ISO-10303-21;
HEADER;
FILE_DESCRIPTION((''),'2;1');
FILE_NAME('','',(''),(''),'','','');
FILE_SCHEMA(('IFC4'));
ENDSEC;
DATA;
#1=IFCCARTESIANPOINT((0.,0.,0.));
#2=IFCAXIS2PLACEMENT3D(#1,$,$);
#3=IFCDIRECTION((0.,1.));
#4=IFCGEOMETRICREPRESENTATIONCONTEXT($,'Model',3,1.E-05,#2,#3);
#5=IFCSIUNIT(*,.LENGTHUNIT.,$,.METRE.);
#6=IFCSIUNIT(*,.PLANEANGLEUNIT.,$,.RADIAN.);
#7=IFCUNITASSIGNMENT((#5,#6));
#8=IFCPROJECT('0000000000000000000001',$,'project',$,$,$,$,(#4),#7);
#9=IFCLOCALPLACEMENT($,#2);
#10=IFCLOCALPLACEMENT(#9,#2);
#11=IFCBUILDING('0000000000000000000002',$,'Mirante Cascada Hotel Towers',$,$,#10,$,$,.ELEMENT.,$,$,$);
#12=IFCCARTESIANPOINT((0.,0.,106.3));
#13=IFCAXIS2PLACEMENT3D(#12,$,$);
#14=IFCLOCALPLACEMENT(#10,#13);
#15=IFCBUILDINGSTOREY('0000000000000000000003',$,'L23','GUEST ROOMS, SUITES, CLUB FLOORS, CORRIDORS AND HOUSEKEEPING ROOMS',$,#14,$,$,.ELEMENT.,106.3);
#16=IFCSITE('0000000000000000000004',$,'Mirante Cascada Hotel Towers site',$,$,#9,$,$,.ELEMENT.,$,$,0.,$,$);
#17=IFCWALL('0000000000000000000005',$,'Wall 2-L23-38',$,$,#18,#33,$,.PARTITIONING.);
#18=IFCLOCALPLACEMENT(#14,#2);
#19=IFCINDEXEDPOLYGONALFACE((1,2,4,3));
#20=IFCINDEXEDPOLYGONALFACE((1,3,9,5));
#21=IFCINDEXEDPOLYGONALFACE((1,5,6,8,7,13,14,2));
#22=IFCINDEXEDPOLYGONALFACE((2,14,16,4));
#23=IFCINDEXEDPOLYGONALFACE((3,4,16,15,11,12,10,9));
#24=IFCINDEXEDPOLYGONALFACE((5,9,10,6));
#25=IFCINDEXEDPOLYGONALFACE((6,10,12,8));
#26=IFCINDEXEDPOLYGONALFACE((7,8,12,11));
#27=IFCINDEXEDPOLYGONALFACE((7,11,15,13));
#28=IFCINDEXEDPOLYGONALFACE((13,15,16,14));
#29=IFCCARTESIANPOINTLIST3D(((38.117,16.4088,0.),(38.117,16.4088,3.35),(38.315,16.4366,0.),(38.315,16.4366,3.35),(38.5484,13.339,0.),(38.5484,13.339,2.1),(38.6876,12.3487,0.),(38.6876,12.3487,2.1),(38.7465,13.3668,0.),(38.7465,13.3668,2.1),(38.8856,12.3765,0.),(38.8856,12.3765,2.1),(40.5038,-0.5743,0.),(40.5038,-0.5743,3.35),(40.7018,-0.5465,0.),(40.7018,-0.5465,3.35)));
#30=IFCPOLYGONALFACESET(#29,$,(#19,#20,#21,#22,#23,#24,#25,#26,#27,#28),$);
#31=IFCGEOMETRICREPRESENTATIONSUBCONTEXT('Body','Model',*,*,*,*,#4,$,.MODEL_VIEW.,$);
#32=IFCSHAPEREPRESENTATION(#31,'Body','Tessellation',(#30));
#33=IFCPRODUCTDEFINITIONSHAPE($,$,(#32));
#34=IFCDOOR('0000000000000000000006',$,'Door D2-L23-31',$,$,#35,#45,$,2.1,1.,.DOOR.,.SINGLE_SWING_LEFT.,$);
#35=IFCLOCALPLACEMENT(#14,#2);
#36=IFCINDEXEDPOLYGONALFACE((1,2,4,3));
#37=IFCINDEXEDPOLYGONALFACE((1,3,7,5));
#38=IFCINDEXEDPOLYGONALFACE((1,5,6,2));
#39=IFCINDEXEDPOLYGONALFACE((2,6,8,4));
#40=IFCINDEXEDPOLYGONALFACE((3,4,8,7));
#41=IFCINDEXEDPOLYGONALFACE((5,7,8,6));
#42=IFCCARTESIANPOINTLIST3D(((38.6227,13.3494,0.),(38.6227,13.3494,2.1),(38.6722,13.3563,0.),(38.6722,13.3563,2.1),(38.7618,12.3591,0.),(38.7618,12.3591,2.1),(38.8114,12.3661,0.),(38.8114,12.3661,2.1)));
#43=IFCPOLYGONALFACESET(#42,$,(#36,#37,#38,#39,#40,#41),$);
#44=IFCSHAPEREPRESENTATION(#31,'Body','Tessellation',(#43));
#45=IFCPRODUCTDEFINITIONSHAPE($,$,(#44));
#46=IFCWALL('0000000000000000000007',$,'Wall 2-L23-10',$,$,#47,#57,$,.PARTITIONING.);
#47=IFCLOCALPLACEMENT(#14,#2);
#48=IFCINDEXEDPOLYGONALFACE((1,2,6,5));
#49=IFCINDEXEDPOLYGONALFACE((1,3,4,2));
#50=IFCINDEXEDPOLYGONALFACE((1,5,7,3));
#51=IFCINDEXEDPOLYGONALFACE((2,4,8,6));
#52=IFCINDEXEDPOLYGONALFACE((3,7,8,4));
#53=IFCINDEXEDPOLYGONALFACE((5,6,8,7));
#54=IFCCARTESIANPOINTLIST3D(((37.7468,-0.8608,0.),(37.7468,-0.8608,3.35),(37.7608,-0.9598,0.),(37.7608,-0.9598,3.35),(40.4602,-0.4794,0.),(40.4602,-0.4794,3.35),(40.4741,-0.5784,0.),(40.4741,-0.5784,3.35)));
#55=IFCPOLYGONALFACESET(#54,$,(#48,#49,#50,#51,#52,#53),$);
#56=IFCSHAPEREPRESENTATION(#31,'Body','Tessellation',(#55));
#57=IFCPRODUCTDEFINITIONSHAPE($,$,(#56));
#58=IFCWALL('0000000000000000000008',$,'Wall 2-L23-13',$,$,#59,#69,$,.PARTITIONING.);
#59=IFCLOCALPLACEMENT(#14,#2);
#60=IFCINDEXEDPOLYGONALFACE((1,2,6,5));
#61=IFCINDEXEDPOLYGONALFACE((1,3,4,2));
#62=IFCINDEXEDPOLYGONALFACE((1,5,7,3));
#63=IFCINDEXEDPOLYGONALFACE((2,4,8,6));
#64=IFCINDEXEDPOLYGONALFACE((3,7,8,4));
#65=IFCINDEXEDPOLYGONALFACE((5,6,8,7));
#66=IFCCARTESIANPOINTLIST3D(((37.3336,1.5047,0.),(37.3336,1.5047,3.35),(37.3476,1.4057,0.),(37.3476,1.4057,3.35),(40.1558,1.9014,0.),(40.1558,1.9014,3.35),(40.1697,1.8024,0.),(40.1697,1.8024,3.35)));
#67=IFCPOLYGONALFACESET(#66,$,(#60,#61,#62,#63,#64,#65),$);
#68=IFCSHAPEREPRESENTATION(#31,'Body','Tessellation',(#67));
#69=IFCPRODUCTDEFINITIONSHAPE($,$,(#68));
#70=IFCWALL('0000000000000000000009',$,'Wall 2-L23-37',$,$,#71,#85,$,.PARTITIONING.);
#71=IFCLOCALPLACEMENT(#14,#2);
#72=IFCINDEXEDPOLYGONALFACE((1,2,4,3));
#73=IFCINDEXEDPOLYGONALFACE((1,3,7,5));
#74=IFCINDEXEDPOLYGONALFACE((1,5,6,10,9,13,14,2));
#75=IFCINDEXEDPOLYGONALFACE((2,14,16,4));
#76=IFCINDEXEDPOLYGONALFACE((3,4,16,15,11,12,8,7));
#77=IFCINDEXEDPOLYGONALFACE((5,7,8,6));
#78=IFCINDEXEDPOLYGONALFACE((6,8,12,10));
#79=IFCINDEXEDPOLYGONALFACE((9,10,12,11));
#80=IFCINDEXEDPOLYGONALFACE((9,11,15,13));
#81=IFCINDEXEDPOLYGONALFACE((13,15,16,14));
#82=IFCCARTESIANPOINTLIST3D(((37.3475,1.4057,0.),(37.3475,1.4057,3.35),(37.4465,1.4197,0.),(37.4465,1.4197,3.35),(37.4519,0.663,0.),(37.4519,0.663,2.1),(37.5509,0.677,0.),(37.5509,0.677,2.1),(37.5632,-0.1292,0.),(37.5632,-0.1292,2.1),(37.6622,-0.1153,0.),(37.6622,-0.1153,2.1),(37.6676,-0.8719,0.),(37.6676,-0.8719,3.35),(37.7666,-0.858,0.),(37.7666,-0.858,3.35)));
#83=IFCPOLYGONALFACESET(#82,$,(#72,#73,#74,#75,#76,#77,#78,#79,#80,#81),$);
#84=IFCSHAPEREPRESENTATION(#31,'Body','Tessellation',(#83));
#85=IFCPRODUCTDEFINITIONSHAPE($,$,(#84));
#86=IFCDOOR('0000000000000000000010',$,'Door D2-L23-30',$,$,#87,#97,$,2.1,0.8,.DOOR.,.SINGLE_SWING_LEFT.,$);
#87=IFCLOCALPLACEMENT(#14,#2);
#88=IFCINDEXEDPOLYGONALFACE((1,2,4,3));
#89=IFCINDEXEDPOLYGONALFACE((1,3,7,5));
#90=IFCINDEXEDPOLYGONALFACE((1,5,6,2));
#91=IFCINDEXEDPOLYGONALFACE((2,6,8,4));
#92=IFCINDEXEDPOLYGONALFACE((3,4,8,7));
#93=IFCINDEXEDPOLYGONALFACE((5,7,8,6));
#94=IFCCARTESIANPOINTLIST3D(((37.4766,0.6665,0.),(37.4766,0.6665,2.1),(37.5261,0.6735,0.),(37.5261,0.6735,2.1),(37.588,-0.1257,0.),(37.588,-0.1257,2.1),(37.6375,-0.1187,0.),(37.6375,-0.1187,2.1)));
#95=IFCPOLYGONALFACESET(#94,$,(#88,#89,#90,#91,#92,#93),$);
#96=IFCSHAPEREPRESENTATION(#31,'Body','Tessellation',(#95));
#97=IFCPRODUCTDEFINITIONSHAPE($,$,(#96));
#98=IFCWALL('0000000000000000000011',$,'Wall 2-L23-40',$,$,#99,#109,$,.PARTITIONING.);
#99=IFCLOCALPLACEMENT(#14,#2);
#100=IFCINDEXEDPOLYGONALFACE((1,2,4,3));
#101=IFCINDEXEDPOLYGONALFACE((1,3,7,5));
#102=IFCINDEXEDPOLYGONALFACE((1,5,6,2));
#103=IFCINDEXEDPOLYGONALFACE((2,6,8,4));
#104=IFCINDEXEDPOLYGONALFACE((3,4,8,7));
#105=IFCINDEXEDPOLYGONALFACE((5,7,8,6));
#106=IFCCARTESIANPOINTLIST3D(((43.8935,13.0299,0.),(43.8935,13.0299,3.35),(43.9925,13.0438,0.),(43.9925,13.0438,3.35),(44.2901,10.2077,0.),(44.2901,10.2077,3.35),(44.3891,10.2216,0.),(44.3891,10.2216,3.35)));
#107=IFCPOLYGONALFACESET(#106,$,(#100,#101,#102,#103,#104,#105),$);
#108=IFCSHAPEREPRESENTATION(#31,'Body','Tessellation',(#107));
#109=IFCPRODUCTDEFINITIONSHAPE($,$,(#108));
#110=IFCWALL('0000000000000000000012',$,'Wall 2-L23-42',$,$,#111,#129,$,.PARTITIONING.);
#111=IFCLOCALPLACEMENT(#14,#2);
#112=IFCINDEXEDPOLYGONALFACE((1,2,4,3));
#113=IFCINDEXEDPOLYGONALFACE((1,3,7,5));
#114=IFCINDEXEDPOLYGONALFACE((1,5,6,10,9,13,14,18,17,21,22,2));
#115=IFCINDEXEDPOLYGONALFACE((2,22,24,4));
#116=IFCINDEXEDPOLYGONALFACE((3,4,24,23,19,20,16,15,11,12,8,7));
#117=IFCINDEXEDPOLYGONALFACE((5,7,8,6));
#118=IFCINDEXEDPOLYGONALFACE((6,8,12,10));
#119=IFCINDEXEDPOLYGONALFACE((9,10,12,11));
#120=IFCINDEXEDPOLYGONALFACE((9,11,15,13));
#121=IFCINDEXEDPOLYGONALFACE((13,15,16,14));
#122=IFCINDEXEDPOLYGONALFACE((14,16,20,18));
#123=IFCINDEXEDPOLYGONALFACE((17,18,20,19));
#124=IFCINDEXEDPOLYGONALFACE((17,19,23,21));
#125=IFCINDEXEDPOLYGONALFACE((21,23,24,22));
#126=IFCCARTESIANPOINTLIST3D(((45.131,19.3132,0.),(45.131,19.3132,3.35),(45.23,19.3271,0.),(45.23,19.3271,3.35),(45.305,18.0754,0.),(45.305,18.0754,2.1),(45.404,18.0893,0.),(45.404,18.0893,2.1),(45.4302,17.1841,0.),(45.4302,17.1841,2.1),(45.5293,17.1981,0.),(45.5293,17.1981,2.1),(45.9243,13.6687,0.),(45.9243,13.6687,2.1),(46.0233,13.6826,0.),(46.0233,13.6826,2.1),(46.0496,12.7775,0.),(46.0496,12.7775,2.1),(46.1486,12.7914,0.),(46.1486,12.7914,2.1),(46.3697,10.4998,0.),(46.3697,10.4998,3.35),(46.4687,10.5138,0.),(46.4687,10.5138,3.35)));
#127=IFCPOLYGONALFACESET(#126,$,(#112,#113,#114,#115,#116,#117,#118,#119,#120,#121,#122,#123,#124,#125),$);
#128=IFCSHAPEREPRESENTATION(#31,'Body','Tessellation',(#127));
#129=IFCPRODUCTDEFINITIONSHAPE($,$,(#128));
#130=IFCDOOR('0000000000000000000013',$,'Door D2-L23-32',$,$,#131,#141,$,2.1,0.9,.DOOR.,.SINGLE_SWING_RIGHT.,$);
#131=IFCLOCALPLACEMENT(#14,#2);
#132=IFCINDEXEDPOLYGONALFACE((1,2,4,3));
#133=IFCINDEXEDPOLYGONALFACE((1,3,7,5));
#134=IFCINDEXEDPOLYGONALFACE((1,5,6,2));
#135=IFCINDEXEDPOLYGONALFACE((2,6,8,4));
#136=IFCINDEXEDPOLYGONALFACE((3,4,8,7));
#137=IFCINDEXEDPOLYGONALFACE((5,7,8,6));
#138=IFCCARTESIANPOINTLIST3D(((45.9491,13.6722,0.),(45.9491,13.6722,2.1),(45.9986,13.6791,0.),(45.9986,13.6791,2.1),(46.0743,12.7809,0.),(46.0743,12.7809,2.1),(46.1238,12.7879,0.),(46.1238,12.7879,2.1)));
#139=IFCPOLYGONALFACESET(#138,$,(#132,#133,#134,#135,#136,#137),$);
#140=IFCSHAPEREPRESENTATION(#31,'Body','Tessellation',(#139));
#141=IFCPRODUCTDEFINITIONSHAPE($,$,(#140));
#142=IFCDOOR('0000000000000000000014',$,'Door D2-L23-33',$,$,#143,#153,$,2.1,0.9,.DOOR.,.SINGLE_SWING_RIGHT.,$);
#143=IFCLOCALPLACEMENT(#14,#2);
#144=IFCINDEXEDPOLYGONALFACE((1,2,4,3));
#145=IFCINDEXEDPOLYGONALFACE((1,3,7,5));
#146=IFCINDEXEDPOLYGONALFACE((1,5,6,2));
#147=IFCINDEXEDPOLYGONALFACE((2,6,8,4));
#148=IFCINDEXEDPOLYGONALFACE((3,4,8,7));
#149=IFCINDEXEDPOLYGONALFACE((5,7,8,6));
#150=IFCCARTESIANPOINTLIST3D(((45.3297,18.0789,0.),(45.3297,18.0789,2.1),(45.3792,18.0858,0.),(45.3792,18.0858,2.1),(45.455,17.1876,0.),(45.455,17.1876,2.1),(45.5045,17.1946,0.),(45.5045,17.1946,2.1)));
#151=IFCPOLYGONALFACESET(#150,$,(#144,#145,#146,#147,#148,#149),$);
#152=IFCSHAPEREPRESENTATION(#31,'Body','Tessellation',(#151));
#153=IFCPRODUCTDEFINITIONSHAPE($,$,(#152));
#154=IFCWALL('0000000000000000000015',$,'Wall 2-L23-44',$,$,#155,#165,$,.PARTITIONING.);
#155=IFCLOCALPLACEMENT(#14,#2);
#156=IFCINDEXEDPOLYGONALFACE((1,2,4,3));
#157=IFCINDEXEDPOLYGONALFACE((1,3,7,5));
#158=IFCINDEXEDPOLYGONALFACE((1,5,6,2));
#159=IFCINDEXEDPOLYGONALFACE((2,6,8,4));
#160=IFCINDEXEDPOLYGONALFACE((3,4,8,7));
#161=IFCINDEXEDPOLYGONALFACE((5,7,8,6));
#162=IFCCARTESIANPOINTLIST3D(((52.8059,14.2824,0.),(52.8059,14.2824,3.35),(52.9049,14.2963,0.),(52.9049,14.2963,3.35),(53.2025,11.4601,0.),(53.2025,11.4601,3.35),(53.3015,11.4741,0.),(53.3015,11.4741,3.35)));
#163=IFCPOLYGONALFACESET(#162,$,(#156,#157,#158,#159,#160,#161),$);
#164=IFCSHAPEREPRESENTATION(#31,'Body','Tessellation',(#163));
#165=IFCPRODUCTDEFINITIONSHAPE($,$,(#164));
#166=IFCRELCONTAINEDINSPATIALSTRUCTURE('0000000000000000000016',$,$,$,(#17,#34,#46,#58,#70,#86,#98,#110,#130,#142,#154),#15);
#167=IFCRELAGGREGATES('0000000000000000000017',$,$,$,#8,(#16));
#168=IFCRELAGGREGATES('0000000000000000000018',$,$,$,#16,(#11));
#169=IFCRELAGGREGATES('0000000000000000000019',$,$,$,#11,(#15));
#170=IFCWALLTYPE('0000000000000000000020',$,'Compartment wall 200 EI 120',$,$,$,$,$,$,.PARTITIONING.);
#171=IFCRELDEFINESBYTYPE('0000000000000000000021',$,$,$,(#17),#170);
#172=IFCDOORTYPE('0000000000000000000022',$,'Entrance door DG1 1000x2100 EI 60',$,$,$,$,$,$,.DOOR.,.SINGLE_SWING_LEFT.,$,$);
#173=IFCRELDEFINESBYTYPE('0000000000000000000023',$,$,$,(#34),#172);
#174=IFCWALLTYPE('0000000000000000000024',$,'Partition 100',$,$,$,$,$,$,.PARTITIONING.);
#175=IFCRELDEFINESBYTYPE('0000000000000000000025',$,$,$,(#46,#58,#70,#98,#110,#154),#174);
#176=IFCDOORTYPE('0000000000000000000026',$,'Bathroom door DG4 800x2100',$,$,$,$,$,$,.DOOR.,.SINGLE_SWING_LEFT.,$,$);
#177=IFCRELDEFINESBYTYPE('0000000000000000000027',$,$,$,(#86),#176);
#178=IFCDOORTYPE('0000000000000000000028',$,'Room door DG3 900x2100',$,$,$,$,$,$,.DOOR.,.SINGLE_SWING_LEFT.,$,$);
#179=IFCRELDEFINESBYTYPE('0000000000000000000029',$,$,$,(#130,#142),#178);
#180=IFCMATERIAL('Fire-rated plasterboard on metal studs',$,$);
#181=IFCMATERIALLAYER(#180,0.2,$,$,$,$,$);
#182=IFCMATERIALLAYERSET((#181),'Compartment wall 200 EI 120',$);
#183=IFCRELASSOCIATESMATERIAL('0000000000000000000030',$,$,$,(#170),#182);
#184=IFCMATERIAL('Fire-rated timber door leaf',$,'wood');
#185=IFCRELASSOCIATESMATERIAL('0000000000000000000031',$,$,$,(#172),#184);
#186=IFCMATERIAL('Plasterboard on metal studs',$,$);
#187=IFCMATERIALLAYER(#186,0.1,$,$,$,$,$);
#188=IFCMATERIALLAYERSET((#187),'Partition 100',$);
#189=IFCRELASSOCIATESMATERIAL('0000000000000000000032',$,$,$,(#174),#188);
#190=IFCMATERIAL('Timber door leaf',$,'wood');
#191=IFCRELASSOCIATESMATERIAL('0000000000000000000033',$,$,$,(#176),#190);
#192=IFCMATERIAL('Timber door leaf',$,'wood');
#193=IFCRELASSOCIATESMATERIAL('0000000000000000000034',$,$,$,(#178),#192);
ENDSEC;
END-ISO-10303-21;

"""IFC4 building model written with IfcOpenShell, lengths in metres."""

from ifc_helpers import new_model, si_unit, direction, frame, frame_2d, origin, place, context, subcontext, project, spatial, rectangle, extrude, material, layer, layer_set, type_object, element, fill, save


model = new_model("IFC4")

# Units and contexts
model_context = context("Model", 3, precision=1e-05, world=origin(), true_north=direction((0.0, 1.0)))
body_context = subcontext(model_context, "Body", "Model", "MODEL_VIEW")
ifc_project = project(units=[si_unit("LENGTHUNIT", "METRE"), si_unit("PLANEANGLEUNIT", "RADIAN")], contexts=[model_context])

# Site, building, storey
site_placement = place(None, origin())
site = spatial("IfcSite", under=ifc_project, at=site_placement, Name="Mirante Cascada Hotel Towers site", CompositionType="ELEMENT", RefElevation=0.0)
building_placement = place(site_placement, origin())
building = spatial("IfcBuilding", under=site, at=building_placement, Name="Mirante Cascada Hotel Towers", CompositionType="ELEMENT")
storey_placement = place(building_placement, frame((0.0, 0.0, 106.3)))
storey = spatial("IfcBuildingStorey", under=building, at=storey_placement, Name="L23", Description="GUEST ROOMS, SUITES, CLUB FLOORS, CORRIDORS AND HOUSEKEEPING ROOMS", CompositionType="ELEMENT", Elevation=106.3)

# Shared definitions
ifc_material_1 = material(Name="Fire-rated plasterboard on metal studs")
ifc_layer_1 = layer(ifc_material_1, 0.2)
ifc_layer_set_1 = layer_set([ifc_layer_1], Name="Compartment wall 200 EI 120")
wall_type_1 = type_object("IfcWallType", Name="Compartment wall 200 EI 120", PredefinedType="PARTITIONING", material=ifc_layer_set_1)
ifc_material_2 = material(Name="Fire-rated timber door leaf", Category="wood")
door_type_1 = type_object("IfcDoorType", Name="Entrance door DG1 1000x2100 EI 60", OperationType="SINGLE_SWING_LEFT", PredefinedType="DOOR", material=ifc_material_2)

# Wall, opening, door
wall_1_placement = place(storey_placement, frame((40.6028, -0.5604, 0.0), z_axis=(0.0, 0.0, 1.0), x_axis=(-0.139172, 0.990268, 0.0)))
wall_1 = element("IfcWall", 1, at=wall_1_placement, inside=storey, type_object=wall_type_1, Name="Wall 2-L23-38", PredefinedType="PARTITIONING", context=body_context, shape_type="SweptSolid", body=[
    extrude(rectangle(XDim=17.15, YDim=0.2, at=frame_2d((8.575, 0.0))), origin(), (0.0, 0.0, 1.0), 3.35),
])
opening_1_placement = place(wall_1_placement, frame((13.05, 0.0, 0.0)))
opening_1 = element("IfcOpeningElement", 2, at=opening_1_placement, cuts=wall_1, PredefinedType="OPENING", context=body_context, shape_type="SweptSolid", body=[
    extrude(rectangle(XDim=1.0, YDim=2.1, at=frame_2d((0.5, 1.05))), frame((0.0, 0.1, 0.0), z_axis=(0.0, -1.0, 0.0), x_axis=(1.0, 0.0, 0.0)), (0.0, 0.0, 1.0), 0.2),
])
door_1_placement = place(opening_1_placement, origin())
door_1 = element("IfcDoor", 3, at=door_1_placement, inside=storey, type_object=door_type_1, Name="Door D2-L23-31", OperationType="SINGLE_SWING_LEFT", OverallHeight=2.1, OverallWidth=1.0, PredefinedType="DOOR", context=body_context, shape_type="SweptSolid", body=[
    extrude(rectangle(XDim=1.0, YDim=2.1, at=frame_2d((0.5, 1.05))), frame((0.0, 0.025, 0.0), z_axis=(0.0, -1.0, 0.0), x_axis=(1.0, 0.0, 0.0)), (0.0, 0.0, 1.0), 0.05),
])
fill(opening_1, door_1)

# Walls
ifc_material_3 = material(Name="Plasterboard on metal studs")
ifc_layer_2 = layer(ifc_material_3, 0.1)
ifc_layer_set_2 = layer_set([ifc_layer_2], Name="Partition 100")
wall_type_2 = type_object("IfcWallType", Name="Partition 100", PredefinedType="PARTITIONING", material=ifc_layer_set_2)
wall_2_placement = place(storey_placement, frame((37.7538, -0.9103, 0.0), z_axis=(0.0, 0.0, 1.0), x_axis=(0.990264, 0.139198, 0.0)))
element("IfcWall", 4, at=wall_2_placement, inside=storey, type_object=wall_type_2, Name="Wall 2-L23-10", PredefinedType="PARTITIONING", context=body_context, shape_type="SweptSolid", body=[
    extrude(rectangle(XDim=2.74, YDim=0.1, at=frame_2d((1.37, 0.0))), origin(), (0.0, 0.0, 1.0), 3.35),
])
wall_3_placement = place(storey_placement, frame((40.1628, 1.8519, 0.0), z_axis=(0.0, 0.0, 1.0), x_axis=(-0.990265, -0.139196, 0.0)))
element("IfcWall", 5, at=wall_3_placement, inside=storey, type_object=wall_type_2, Name="Wall 2-L23-13", PredefinedType="PARTITIONING", context=body_context, shape_type="SweptSolid", body=[
    extrude(rectangle(XDim=2.8499, YDim=0.1, at=frame_2d((1.425, 0.0))), origin(), (0.0, 0.0, 1.0), 3.35),
])

# Wall, opening, door
wall_4_placement = place(storey_placement, frame((37.397, 1.4127, 0.0), z_axis=(0.0, 0.0, 1.0), x_axis=(0.139175, -0.990268, 0.0)))
wall_4 = element("IfcWall", 6, at=wall_4_placement, inside=storey, type_object=wall_type_2, Name="Wall 2-L23-37", PredefinedType="PARTITIONING", context=body_context, shape_type="SweptSolid", body=[
    extrude(rectangle(XDim=2.3, YDim=0.1, at=frame_2d((1.15, 0.0))), origin(), (0.0, 0.0, 1.0), 3.35),
])
opening_2_placement = place(wall_4_placement, frame((0.75, 0.0, 0.0)))
opening_2 = element("IfcOpeningElement", 7, at=opening_2_placement, cuts=wall_4, PredefinedType="OPENING", context=body_context, shape_type="SweptSolid", body=[
    extrude(rectangle(XDim=0.8, YDim=2.1, at=frame_2d((0.4, 1.05))), frame((0.0, 0.05, 0.0), z_axis=(0.0, -1.0, 0.0), x_axis=(1.0, 0.0, 0.0)), (0.0, 0.0, 1.0), 0.1),
])
ifc_material_4 = material(Name="Timber door leaf", Category="wood")
door_type_2 = type_object("IfcDoorType", Name="Bathroom door DG4 800x2100", OperationType="SINGLE_SWING_LEFT", PredefinedType="DOOR", material=ifc_material_4)
door_2_placement = place(opening_2_placement, origin())
door_2 = element("IfcDoor", 8, at=door_2_placement, inside=storey, type_object=door_type_2, Name="Door D2-L23-30", OperationType="SINGLE_SWING_LEFT", OverallHeight=2.1, OverallWidth=0.8, PredefinedType="DOOR", context=body_context, shape_type="SweptSolid", body=[
    extrude(rectangle(XDim=0.8, YDim=2.1, at=frame_2d((0.4, 1.05))), frame((0.0, 0.025, 0.0), z_axis=(0.0, -1.0, 0.0), x_axis=(1.0, 0.0, 0.0)), (0.0, 0.0, 1.0), 0.05),
])
fill(opening_2, door_2)

# Wall
wall_5_placement = place(storey_placement, frame((44.3396, 10.2146, 0.0), z_axis=(0.0, 0.0, 1.0), x_axis=(-0.139161, 0.99027, 0.0)))
element("IfcWall", 9, at=wall_5_placement, inside=storey, type_object=wall_type_2, Name="Wall 2-L23-40", PredefinedType="PARTITIONING", context=body_context, shape_type="SweptSolid", body=[
    extrude(rectangle(XDim=2.8499, YDim=0.1, at=frame_2d((1.425, 0.0))), origin(), (0.0, 0.0, 1.0), 3.35),
])

# Wall, openings, doors
wall_6_placement = place(storey_placement, frame((46.4192, 10.5068, 0.0), z_axis=(0.0, 0.0, 1.0), x_axis=(-0.139179, 0.990267, 0.0)))
wall_6 = element("IfcWall", 10, at=wall_6_placement, inside=storey, type_object=wall_type_2, Name="Wall 2-L23-42", PredefinedType="PARTITIONING", context=body_context, shape_type="SweptSolid", body=[
    extrude(rectangle(XDim=8.9, YDim=0.1, at=frame_2d((4.45, 0.0))), origin(), (0.0, 0.0, 1.0), 3.35),
])
opening_3_placement = place(wall_6_placement, frame((2.3, 0.0, 0.0)))
opening_3 = element("IfcOpeningElement", 11, at=opening_3_placement, cuts=wall_6, PredefinedType="OPENING", context=body_context, shape_type="SweptSolid", body=[
    extrude(rectangle(XDim=0.9, YDim=2.1, at=frame_2d((0.45, 1.05))), frame((0.0, 0.05, 0.0), z_axis=(0.0, -1.0, 0.0), x_axis=(1.0, 0.0, 0.0)), (0.0, 0.0, 1.0), 0.1),
])
opening_4_placement = place(wall_6_placement, frame((6.75, 0.0, 0.0)))
opening_4 = element("IfcOpeningElement", 12, at=opening_4_placement, cuts=wall_6, PredefinedType="OPENING", context=body_context, shape_type="SweptSolid", body=[
    extrude(rectangle(XDim=0.9, YDim=2.1, at=frame_2d((0.45, 1.05))), frame((0.0, 0.05, 0.0), z_axis=(0.0, -1.0, 0.0), x_axis=(1.0, 0.0, 0.0)), (0.0, 0.0, 1.0), 0.1),
])
ifc_material_5 = material(Name="Timber door leaf", Category="wood")
door_type_3 = type_object("IfcDoorType", Name="Room door DG3 900x2100", OperationType="SINGLE_SWING_LEFT", PredefinedType="DOOR", material=ifc_material_5)
door_3_placement = place(opening_3_placement, frame((0.9, 0.0, 0.0), z_axis=(0.0, 0.0, 1.0), x_axis=(-1.0, 0.0, 0.0)))
door_3 = element("IfcDoor", 13, at=door_3_placement, inside=storey, type_object=door_type_3, Name="Door D2-L23-32", OperationType="SINGLE_SWING_RIGHT", OverallHeight=2.1, OverallWidth=0.9, PredefinedType="DOOR", context=body_context, shape_type="SweptSolid", body=[
    extrude(rectangle(XDim=0.9, YDim=2.1, at=frame_2d((0.45, 1.05))), frame((0.0, 0.025, 0.0), z_axis=(0.0, -1.0, 0.0), x_axis=(1.0, 0.0, 0.0)), (0.0, 0.0, 1.0), 0.05),
])
fill(opening_3, door_3)
door_4_placement = place(opening_4_placement, frame((0.9, 0.0, 0.0), z_axis=(0.0, 0.0, 1.0), x_axis=(-1.0, 0.0, 0.0)))
door_4 = element("IfcDoor", 14, at=door_4_placement, inside=storey, type_object=door_type_3, Name="Door D2-L23-33", OperationType="SINGLE_SWING_RIGHT", OverallHeight=2.1, OverallWidth=0.9, PredefinedType="DOOR", context=body_context, shape_type="SweptSolid", body=[
    extrude(rectangle(XDim=0.9, YDim=2.1, at=frame_2d((0.45, 1.05))), frame((0.0, 0.025, 0.0), z_axis=(0.0, -1.0, 0.0), x_axis=(1.0, 0.0, 0.0)), (0.0, 0.0, 1.0), 0.05),
])
fill(opening_4, door_4)

# Wall
wall_7_placement = place(storey_placement, frame((53.252, 11.4671, 0.0), z_axis=(0.0, 0.0, 1.0), x_axis=(-0.139156, 0.99027, 0.0)))
element("IfcWall", 15, at=wall_7_placement, inside=storey, type_object=wall_type_2, Name="Wall 2-L23-44", PredefinedType="PARTITIONING", context=body_context, shape_type="SweptSolid", body=[
    extrude(rectangle(XDim=2.85, YDim=0.1, at=frame_2d((1.425, 0.0))), origin(), (0.0, 0.0, 1.0), 3.35),
])

save(model, "model.ifc")
